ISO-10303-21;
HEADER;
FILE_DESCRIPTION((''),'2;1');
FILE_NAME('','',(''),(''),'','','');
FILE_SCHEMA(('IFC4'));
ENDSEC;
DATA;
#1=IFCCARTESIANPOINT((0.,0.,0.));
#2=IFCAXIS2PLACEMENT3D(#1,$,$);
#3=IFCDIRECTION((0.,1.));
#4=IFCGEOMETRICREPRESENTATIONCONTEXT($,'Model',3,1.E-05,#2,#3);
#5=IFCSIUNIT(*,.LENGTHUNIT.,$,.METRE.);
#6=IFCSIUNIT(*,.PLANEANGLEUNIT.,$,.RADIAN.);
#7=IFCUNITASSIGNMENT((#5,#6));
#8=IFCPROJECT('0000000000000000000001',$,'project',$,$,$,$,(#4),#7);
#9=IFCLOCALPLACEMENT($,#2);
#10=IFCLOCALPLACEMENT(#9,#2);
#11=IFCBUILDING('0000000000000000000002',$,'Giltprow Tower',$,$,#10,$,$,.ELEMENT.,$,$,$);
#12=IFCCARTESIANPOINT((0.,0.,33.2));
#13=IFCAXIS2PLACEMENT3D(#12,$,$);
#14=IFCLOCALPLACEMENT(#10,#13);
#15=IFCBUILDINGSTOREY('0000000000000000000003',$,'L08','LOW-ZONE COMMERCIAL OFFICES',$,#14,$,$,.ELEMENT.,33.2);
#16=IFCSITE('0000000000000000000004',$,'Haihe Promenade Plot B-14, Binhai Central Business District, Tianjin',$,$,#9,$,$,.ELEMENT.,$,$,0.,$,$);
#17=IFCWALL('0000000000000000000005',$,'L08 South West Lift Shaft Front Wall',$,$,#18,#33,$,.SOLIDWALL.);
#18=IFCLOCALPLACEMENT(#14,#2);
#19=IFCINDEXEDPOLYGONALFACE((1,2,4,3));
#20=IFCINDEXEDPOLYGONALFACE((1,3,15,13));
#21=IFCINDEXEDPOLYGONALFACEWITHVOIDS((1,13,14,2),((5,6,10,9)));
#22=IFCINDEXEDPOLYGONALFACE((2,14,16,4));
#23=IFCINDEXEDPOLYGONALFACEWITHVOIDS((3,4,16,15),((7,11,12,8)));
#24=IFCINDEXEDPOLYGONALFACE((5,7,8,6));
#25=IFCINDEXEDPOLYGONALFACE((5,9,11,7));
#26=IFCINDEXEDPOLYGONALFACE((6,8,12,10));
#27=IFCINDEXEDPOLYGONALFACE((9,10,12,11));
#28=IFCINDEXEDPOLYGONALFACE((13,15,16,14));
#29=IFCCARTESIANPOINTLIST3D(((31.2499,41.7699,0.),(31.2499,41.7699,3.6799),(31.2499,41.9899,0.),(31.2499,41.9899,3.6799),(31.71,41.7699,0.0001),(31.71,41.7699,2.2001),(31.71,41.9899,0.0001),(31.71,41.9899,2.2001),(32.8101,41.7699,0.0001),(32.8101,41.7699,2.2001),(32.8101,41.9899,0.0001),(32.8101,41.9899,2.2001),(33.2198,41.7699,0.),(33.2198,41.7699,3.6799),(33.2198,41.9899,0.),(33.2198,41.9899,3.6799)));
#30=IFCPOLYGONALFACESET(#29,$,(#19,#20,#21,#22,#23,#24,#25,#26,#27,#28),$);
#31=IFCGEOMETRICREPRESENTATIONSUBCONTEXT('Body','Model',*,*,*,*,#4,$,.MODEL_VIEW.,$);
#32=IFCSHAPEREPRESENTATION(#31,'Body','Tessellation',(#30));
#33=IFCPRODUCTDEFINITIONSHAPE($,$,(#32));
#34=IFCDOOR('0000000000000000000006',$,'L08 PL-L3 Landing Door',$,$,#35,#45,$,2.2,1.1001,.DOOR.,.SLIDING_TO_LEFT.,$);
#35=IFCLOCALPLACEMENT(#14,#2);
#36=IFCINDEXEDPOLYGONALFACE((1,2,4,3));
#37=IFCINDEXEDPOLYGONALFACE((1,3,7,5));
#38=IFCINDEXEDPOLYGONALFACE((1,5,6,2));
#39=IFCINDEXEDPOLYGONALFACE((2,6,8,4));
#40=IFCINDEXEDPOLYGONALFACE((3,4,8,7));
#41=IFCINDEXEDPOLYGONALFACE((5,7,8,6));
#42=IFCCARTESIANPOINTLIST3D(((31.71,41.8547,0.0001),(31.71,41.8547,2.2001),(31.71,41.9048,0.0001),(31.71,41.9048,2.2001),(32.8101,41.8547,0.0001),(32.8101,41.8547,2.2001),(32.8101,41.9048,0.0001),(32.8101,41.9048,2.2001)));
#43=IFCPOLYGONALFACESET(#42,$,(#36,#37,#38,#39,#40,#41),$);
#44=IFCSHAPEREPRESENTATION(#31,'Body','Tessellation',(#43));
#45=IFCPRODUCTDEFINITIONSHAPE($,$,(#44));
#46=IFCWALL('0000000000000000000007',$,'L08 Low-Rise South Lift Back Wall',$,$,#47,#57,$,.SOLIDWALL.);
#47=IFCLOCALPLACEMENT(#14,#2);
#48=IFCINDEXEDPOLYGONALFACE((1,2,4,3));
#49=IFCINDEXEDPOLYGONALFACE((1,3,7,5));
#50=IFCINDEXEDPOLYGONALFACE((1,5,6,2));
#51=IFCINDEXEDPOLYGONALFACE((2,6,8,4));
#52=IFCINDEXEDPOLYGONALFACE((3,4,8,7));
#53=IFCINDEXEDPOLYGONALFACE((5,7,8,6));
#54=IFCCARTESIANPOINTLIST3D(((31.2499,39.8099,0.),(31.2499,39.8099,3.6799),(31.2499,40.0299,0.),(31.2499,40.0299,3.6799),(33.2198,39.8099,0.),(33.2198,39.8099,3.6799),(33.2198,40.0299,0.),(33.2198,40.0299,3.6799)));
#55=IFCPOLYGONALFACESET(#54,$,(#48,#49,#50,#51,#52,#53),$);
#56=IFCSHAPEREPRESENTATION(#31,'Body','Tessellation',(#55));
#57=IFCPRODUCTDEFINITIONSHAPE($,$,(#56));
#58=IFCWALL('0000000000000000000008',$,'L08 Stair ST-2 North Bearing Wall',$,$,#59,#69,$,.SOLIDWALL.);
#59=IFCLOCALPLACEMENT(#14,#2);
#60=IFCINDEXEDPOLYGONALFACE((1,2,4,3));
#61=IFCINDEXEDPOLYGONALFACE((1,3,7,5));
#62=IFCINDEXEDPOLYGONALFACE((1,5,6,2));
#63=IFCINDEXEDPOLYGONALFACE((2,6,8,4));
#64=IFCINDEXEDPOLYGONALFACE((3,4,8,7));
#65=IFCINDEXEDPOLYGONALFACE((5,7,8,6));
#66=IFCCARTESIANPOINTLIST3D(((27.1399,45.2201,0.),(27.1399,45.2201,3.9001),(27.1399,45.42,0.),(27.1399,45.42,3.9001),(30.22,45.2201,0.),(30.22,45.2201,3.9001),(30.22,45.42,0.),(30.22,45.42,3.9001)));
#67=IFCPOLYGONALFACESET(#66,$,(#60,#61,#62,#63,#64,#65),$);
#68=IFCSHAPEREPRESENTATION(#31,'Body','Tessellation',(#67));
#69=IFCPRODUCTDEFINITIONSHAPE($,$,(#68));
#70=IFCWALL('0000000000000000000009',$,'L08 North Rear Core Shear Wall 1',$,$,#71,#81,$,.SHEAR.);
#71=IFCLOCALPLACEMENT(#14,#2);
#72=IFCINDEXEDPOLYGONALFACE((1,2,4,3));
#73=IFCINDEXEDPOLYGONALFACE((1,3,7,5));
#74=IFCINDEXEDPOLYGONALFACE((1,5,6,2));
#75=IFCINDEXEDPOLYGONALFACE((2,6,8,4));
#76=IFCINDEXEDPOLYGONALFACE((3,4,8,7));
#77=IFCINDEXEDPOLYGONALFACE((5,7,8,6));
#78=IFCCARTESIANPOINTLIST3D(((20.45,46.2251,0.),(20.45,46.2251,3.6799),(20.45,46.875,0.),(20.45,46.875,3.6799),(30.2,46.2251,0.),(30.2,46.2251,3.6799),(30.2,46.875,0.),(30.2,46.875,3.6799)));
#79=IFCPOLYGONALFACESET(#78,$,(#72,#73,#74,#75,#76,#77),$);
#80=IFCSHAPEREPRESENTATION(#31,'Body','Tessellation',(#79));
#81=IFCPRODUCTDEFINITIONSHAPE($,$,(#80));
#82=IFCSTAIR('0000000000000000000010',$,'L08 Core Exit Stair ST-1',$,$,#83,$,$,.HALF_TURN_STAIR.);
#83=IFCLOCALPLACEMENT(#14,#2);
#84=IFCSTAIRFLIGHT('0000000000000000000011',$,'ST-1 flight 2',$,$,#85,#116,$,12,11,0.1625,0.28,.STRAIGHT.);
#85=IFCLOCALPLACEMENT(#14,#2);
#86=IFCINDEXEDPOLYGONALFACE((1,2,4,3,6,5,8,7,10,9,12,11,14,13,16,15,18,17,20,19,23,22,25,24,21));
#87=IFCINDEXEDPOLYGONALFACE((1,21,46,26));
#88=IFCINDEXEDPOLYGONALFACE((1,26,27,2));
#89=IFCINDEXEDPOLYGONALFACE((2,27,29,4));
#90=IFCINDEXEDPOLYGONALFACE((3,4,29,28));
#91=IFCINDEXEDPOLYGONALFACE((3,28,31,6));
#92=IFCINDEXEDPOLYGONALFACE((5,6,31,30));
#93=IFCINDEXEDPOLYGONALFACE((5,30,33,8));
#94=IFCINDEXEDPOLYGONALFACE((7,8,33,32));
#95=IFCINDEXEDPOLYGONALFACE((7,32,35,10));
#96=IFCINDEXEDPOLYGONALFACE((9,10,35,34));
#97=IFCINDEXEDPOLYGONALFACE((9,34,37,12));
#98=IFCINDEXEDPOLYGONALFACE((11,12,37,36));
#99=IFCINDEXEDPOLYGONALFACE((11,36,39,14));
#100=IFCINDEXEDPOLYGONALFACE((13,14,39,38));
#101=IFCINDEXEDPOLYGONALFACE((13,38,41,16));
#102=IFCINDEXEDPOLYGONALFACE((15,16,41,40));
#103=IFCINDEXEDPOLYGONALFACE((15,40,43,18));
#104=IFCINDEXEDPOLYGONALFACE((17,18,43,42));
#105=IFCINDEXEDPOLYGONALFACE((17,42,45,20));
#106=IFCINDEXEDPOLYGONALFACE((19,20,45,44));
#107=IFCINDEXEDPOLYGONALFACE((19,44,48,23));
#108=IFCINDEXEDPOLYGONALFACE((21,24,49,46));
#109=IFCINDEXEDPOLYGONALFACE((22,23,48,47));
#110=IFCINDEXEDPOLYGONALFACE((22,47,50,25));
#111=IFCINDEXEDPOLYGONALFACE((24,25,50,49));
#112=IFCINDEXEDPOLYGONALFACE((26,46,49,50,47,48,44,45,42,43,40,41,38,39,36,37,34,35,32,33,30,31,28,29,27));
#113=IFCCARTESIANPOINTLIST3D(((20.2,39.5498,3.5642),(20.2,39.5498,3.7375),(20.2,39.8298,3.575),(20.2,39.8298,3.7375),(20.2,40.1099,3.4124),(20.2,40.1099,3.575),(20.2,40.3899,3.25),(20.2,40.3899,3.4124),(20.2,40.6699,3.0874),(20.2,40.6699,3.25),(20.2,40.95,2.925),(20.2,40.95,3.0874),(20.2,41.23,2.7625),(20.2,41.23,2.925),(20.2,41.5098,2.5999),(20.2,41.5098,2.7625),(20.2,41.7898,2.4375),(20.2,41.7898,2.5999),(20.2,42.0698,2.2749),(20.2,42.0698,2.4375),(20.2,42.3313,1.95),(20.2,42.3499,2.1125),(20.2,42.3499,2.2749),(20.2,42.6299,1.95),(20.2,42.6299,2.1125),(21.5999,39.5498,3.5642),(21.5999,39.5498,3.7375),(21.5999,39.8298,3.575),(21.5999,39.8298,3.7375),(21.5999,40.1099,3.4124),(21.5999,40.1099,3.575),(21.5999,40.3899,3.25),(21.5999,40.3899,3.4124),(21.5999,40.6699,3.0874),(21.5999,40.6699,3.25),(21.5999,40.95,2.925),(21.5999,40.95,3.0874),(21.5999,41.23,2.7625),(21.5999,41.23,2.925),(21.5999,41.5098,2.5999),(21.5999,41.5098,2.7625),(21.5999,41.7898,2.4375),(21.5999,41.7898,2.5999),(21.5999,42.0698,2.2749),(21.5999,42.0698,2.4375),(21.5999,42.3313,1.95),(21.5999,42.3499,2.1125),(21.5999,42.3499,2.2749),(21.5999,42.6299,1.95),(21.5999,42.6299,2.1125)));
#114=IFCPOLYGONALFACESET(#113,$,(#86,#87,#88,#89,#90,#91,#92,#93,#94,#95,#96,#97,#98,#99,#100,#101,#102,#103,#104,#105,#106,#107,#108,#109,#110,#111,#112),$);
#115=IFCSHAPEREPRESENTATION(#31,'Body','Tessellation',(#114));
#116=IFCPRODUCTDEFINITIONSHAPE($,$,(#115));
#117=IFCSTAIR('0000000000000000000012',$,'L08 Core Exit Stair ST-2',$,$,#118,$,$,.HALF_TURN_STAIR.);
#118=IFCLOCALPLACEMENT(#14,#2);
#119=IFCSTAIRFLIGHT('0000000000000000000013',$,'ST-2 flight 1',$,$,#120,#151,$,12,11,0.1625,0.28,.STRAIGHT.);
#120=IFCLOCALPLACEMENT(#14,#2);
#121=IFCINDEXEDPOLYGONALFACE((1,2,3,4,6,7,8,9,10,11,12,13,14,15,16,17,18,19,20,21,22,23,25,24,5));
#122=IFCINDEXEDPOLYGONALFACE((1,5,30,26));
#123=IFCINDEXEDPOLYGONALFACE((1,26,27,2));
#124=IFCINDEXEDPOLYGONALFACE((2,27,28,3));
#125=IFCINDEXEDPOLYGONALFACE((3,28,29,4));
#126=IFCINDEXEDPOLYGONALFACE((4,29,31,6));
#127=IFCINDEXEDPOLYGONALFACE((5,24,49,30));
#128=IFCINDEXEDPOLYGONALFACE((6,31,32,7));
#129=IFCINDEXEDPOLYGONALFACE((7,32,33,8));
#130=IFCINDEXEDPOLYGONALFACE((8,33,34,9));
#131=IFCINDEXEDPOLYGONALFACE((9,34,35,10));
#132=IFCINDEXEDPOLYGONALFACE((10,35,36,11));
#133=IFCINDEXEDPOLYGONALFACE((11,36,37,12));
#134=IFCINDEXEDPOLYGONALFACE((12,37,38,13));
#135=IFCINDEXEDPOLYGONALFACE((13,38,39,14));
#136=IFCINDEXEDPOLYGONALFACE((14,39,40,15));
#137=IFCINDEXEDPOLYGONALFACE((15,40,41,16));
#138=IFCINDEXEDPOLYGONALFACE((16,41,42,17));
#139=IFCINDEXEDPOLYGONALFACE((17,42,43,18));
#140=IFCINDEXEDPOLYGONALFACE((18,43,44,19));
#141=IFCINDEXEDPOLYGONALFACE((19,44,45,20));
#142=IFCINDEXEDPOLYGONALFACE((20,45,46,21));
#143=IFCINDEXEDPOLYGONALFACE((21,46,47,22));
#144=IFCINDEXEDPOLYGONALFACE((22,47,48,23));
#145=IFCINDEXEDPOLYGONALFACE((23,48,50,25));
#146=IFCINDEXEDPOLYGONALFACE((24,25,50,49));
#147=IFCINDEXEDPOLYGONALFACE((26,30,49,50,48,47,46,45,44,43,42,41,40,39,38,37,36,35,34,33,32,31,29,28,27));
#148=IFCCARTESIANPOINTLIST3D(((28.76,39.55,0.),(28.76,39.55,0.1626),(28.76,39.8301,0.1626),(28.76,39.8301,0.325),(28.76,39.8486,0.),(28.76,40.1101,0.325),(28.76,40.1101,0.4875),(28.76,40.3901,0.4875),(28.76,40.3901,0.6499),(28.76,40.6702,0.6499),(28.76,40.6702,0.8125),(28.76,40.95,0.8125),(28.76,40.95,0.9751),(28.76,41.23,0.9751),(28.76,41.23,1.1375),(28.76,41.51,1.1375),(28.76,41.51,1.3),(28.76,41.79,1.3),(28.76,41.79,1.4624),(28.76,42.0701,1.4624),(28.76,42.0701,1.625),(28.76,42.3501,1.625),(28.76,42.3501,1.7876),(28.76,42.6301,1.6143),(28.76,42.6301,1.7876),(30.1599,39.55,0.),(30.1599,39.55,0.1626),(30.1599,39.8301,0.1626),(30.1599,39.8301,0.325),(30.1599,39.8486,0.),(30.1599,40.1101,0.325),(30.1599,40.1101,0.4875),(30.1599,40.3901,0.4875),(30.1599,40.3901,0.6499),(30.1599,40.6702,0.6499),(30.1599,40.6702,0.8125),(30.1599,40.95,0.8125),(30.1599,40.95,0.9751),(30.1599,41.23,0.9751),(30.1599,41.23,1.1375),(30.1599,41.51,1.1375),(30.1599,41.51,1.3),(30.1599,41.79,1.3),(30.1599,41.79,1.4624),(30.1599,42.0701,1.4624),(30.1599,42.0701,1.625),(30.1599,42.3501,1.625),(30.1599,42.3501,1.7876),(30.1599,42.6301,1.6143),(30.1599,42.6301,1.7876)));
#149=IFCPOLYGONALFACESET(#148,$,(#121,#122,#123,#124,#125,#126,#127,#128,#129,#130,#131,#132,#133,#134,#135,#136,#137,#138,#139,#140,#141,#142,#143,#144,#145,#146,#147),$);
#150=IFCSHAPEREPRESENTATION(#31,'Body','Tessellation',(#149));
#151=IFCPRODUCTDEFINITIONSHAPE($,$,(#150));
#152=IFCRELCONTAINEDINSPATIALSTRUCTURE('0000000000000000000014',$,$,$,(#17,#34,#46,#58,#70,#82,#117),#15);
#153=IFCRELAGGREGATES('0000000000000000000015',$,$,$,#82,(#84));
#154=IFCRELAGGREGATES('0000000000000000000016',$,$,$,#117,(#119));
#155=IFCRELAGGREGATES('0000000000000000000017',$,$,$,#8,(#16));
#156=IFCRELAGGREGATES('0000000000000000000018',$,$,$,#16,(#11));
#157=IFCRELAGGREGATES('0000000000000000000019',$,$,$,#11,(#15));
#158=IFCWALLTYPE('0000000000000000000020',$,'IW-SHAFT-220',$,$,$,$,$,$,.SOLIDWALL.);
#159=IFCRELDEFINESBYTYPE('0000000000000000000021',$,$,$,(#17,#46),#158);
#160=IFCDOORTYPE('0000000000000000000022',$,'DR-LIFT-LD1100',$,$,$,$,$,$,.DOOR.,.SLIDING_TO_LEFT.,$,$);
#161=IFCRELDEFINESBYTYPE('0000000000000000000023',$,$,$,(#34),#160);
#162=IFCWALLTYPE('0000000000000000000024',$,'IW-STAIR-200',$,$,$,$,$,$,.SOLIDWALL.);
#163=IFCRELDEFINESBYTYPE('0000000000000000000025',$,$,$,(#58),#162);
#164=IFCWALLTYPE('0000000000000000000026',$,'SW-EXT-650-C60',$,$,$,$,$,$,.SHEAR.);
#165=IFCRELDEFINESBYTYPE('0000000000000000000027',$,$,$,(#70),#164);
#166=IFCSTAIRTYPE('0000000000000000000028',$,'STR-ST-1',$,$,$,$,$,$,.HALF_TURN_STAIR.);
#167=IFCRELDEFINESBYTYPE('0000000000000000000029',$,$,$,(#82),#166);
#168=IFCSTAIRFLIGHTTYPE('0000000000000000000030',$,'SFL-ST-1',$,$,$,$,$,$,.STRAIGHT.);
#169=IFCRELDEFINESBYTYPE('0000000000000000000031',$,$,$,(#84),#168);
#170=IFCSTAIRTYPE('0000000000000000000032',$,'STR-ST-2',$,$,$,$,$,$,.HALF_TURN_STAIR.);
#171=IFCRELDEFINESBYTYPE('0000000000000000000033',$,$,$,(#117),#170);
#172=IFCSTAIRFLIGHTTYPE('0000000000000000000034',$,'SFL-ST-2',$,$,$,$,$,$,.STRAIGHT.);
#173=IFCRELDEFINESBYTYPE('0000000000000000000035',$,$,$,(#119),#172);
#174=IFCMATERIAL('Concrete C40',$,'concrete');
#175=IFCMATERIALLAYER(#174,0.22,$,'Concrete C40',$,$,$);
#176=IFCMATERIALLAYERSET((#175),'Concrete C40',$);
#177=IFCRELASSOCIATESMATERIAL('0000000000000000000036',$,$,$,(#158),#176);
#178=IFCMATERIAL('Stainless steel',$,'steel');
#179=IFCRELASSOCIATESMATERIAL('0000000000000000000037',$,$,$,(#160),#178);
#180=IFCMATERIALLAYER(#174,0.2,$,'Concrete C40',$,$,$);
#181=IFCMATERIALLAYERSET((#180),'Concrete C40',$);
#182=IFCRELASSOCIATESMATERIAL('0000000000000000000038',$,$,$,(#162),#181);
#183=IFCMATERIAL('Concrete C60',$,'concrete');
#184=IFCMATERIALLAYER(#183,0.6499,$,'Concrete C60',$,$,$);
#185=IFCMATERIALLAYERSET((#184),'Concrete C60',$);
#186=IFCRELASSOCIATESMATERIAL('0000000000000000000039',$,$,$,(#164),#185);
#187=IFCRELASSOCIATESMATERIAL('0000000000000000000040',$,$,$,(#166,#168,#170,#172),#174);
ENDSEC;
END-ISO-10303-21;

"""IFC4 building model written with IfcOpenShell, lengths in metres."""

from ifc_helpers import new_model, si_unit, direction, frame, frame_2d, origin, place, context, subcontext, project, spatial, polyline, rectangle, outline, extrude, source, transform, mapped, material, layer, layer_set, type_object, element, fill, aggregate, save


model = new_model("IFC4")

# Units and contexts
model_context = context("Model", 3, precision=1e-05, world=origin(), true_north=direction((0.0, 1.0)))
body_context = subcontext(model_context, "Body", "Model", "MODEL_VIEW")
ifc_project = project(units=[si_unit("LENGTHUNIT", "METRE"), si_unit("PLANEANGLEUNIT", "RADIAN")], contexts=[model_context])

# Site, building, storey
site_placement = place(None, origin())
site = spatial("IfcSite", under=ifc_project, at=site_placement, Name="Haihe Promenade Plot B-14, Binhai Central Business District, Tianjin", CompositionType="ELEMENT", RefElevation=0.0)
building_placement = place(site_placement, origin())
building = spatial("IfcBuilding", under=site, at=building_placement, Name="Giltprow Tower", CompositionType="ELEMENT")
storey_placement = place(building_placement, frame((0.0, 0.0, 33.2)))
storey = spatial("IfcBuildingStorey", under=building, at=storey_placement, Name="L08", Description="LOW-ZONE COMMERCIAL OFFICES", CompositionType="ELEMENT", Elevation=33.2)

# Shared definitions
ifc_material_1 = material(Name="Concrete C60", Category="concrete")

# Shared definitions
ifc_material_2 = material(Name="Concrete C40", Category="concrete")
ifc_layer_1 = layer(ifc_material_2, 0.22, Name="Concrete C40")
ifc_layer_set_1 = layer_set([ifc_layer_1], Name="Concrete C40")
wall_type_1 = type_object("IfcWallType", Name="IW-SHAFT-220", PredefinedType="SOLIDWALL", material=ifc_layer_set_1)
ifc_material_3 = material(Name="Stainless steel", Category="steel")
door_type = type_object("IfcDoorType", Name="DR-LIFT-LD1100", OperationType="SLIDING_TO_LEFT", PredefinedType="DOOR", material=ifc_material_3)
shared_shape_1 = source(origin(), body_context, "Body", "SweptSolid", [
    extrude(rectangle(XDim=1.1001, YDim=2.2, at=frame_2d((0.55, 1.1001))), frame((0.0, 0.0249, 0.0), z_axis=(0.0, -1.0, 0.0), x_axis=(1.0, 0.0, 0.0)), (0.0, 0.0, 1.0), 0.05),
])

# Wall, opening, door
wall_1_placement = place(storey_placement, frame((31.25, 41.8799, 0.0), z_axis=(0.0, 0.0, 1.0), x_axis=(1.0, 0.0, 0.0)))
wall_1 = element("IfcWall", 1, at=wall_1_placement, inside=storey, type_object=wall_type_1, Name="L08 South West Lift Shaft Front Wall", PredefinedType="SOLIDWALL", context=body_context, shape_type="SweptSolid", body=[
    extrude(rectangle(XDim=1.97, YDim=0.22, at=frame_2d((0.9849, 0.0))), origin(), (0.0, 0.0, 1.0), 3.6799),
])
opening_1_placement = place(wall_1_placement, frame((0.46, 0.0, 0.0)))
opening_1 = element("IfcOpeningElement", 2, at=opening_1_placement, cuts=wall_1, PredefinedType="OPENING", context=body_context, shape_type="SweptSolid", body=[
    extrude(rectangle(XDim=1.1001, YDim=2.2, at=frame_2d((0.55, 1.1001))), frame((0.0, 0.1199, 0.0), z_axis=(0.0, -1.0, 0.0), x_axis=(1.0, 0.0, 0.0)), (0.0, 0.0, 1.0), 0.24),
])
door_1_placement = place(opening_1_placement, origin())
door_1 = element("IfcDoor", 3, at=door_1_placement, inside=storey, type_object=door_type, Name="L08 PL-L3 Landing Door", OperationType="SLIDING_TO_LEFT", OverallHeight=2.2, OverallWidth=1.1001, PredefinedType="DOOR", context=body_context, shape_type="MappedRepresentation", body=[
    mapped(shared_shape_1, transform((0.0, 0.0, 0.0), x_axis=(1.0, 0.0, 0.0), y_axis=(0.0, 1.0, 0.0), z_axis=(0.0, 0.0, 1.0), scale=1.0)),
])
fill(opening_1, door_1)

# Walls
wall_2_placement = place(storey_placement, frame((31.25, 39.9199, 0.0), z_axis=(0.0, 0.0, 1.0), x_axis=(1.0, 0.0, 0.0)))
element("IfcWall", 4, at=wall_2_placement, inside=storey, type_object=wall_type_1, Name="L08 Low-Rise South Lift Back Wall", PredefinedType="SOLIDWALL", context=body_context, shape_type="SweptSolid", body=[
    extrude(rectangle(XDim=1.97, YDim=0.22, at=frame_2d((0.9849, 0.0))), origin(), (0.0, 0.0, 1.0), 3.6799),
])
ifc_layer_2 = layer(ifc_material_2, 0.2, Name="Concrete C40")
ifc_layer_set_2 = layer_set([ifc_layer_2], Name="Concrete C40")
wall_type_2 = type_object("IfcWallType", Name="IW-STAIR-200", PredefinedType="SOLIDWALL", material=ifc_layer_set_2)
wall_3_placement = place(storey_placement, frame((27.1399, 45.3201, 0.0), z_axis=(0.0, 0.0, 1.0), x_axis=(1.0, 0.0, 0.0)))
element("IfcWall", 5, at=wall_3_placement, inside=storey, type_object=wall_type_2, Name="L08 Stair ST-2 North Bearing Wall", PredefinedType="SOLIDWALL", context=body_context, shape_type="SweptSolid", body=[
    extrude(rectangle(XDim=3.0801, YDim=0.2, at=frame_2d((1.54, 0.0))), origin(), (0.0, 0.0, 1.0), 3.9001),
])
ifc_layer_3 = layer(ifc_material_1, 0.6499, Name="Concrete C60")
ifc_layer_set_3 = layer_set([ifc_layer_3], Name="Concrete C60")
wall_type_3 = type_object("IfcWallType", Name="SW-EXT-650-C60", PredefinedType="SHEAR", material=ifc_layer_set_3)
wall_4_placement = place(storey_placement, frame((20.45, 46.55, 0.0), z_axis=(0.0, 0.0, 1.0), x_axis=(1.0, 0.0, 0.0)))
element("IfcWall", 6, at=wall_4_placement, inside=storey, type_object=wall_type_3, Name="L08 North Rear Core Shear Wall 1", PredefinedType="SHEAR", context=body_context, shape_type="SweptSolid", body=[
    extrude(rectangle(XDim=9.75, YDim=0.6499, at=frame_2d((4.875, 0.0))), origin(), (0.0, 0.0, 1.0), 3.6799),
])

# Stair, stair flight
stair_type_1 = type_object("IfcStairType", Name="STR-ST-1", PredefinedType="HALF_TURN_STAIR", material=ifc_material_2)
stair_1_placement = place(storey_placement, origin())
stair_1 = element("IfcStair", 7, at=stair_1_placement, inside=storey, type_object=stair_type_1, Name="L08 Core Exit Stair ST-1", PredefinedType="HALF_TURN_STAIR")
stair_flight_type_1 = type_object("IfcStairFlightType", Name="SFL-ST-1", PredefinedType="STRAIGHT", material=ifc_material_2)
stair_flight_1_placement = place(storey_placement, frame((20.8999, 42.6299, 1.95), z_axis=(0.0, 0.0, 1.0), x_axis=(0.0, -1.0, 0.0)))
stair_flight_1 = element("IfcStairFlight", 8, at=stair_flight_1_placement, type_object=stair_flight_type_1, Name="ST-1 flight 2", NumberOfRisers=12, NumberOfTreads=11, PredefinedType="STRAIGHT", RiserHeight=0.1625, TreadLength=0.28, context=body_context, shape_type="SweptSolid", body=[
    extrude(outline(polyline([(0.0, 0.0), (0.0, 0.1626), (0.28, 0.1626), (0.28, 0.325), (0.5601, 0.325), (0.5601, 0.4875), (0.8401, 0.4875), (0.8401, 0.6499), (1.1201, 0.6499), (1.1201, 0.8125), (1.3999, 0.8125), (1.3999, 0.9751), (1.6799, 0.9751), (1.6799, 1.1375), (1.96, 1.1375), (1.96, 1.3), (2.24, 1.3), (2.24, 1.4624), (2.52, 1.4624), (2.52, 1.625), (2.8, 1.625), (2.8, 1.7876), (3.0801, 1.7876), (3.0801, 1.95), (3.0801, 1.6143), (0.2986, 0.0), (0.0, 0.0)])), frame((0.0, 0.7, 0.0), z_axis=(0.0, -1.0, 0.0), x_axis=(1.0, 0.0, 0.0)), (0.0, 0.0, 1.0), 1.3999),
])
aggregate(stair_1, [stair_flight_1])

# Stair, stair flight
stair_type_2 = type_object("IfcStairType", Name="STR-ST-2", PredefinedType="HALF_TURN_STAIR", material=ifc_material_2)
stair_2_placement = place(storey_placement, origin())
stair_2 = element("IfcStair", 9, at=stair_2_placement, inside=storey, type_object=stair_type_2, Name="L08 Core Exit Stair ST-2", PredefinedType="HALF_TURN_STAIR")
stair_flight_type_2 = type_object("IfcStairFlightType", Name="SFL-ST-2", PredefinedType="STRAIGHT", material=ifc_material_2)
stair_flight_2_placement = place(storey_placement, frame((29.46, 39.55, 0.0), z_axis=(0.0, 0.0, 1.0), x_axis=(0.0, 1.0, 0.0)))
stair_flight_2 = element("IfcStairFlight", 10, at=stair_flight_2_placement, type_object=stair_flight_type_2, Name="ST-2 flight 1", NumberOfRisers=12, NumberOfTreads=11, PredefinedType="STRAIGHT", RiserHeight=0.1625, TreadLength=0.28, context=body_context, shape_type="SweptSolid", body=[
    extrude(outline(polyline([(0.0, 0.0), (0.0, 0.1626), (0.28, 0.1626), (0.28, 0.325), (0.5601, 0.325), (0.5601, 0.4875), (0.8401, 0.4875), (0.8401, 0.6499), (1.1201, 0.6499), (1.1201, 0.8125), (1.3999, 0.8125), (1.3999, 0.9751), (1.6799, 0.9751), (1.6799, 1.1375), (1.96, 1.1375), (1.96, 1.3), (2.24, 1.3), (2.24, 1.4624), (2.52, 1.4624), (2.52, 1.625), (2.8, 1.625), (2.8, 1.7876), (3.0801, 1.7876), (3.0801, 1.95), (3.0801, 1.6143), (0.2986, 0.0), (0.0, 0.0)])), frame((0.0, 0.7, 0.0), z_axis=(0.0, -1.0, 0.0), x_axis=(1.0, 0.0, 0.0)), (0.0, 0.0, 1.0), 1.3999),
])
aggregate(stair_2, [stair_flight_2])

save(model, "model.ifc")
